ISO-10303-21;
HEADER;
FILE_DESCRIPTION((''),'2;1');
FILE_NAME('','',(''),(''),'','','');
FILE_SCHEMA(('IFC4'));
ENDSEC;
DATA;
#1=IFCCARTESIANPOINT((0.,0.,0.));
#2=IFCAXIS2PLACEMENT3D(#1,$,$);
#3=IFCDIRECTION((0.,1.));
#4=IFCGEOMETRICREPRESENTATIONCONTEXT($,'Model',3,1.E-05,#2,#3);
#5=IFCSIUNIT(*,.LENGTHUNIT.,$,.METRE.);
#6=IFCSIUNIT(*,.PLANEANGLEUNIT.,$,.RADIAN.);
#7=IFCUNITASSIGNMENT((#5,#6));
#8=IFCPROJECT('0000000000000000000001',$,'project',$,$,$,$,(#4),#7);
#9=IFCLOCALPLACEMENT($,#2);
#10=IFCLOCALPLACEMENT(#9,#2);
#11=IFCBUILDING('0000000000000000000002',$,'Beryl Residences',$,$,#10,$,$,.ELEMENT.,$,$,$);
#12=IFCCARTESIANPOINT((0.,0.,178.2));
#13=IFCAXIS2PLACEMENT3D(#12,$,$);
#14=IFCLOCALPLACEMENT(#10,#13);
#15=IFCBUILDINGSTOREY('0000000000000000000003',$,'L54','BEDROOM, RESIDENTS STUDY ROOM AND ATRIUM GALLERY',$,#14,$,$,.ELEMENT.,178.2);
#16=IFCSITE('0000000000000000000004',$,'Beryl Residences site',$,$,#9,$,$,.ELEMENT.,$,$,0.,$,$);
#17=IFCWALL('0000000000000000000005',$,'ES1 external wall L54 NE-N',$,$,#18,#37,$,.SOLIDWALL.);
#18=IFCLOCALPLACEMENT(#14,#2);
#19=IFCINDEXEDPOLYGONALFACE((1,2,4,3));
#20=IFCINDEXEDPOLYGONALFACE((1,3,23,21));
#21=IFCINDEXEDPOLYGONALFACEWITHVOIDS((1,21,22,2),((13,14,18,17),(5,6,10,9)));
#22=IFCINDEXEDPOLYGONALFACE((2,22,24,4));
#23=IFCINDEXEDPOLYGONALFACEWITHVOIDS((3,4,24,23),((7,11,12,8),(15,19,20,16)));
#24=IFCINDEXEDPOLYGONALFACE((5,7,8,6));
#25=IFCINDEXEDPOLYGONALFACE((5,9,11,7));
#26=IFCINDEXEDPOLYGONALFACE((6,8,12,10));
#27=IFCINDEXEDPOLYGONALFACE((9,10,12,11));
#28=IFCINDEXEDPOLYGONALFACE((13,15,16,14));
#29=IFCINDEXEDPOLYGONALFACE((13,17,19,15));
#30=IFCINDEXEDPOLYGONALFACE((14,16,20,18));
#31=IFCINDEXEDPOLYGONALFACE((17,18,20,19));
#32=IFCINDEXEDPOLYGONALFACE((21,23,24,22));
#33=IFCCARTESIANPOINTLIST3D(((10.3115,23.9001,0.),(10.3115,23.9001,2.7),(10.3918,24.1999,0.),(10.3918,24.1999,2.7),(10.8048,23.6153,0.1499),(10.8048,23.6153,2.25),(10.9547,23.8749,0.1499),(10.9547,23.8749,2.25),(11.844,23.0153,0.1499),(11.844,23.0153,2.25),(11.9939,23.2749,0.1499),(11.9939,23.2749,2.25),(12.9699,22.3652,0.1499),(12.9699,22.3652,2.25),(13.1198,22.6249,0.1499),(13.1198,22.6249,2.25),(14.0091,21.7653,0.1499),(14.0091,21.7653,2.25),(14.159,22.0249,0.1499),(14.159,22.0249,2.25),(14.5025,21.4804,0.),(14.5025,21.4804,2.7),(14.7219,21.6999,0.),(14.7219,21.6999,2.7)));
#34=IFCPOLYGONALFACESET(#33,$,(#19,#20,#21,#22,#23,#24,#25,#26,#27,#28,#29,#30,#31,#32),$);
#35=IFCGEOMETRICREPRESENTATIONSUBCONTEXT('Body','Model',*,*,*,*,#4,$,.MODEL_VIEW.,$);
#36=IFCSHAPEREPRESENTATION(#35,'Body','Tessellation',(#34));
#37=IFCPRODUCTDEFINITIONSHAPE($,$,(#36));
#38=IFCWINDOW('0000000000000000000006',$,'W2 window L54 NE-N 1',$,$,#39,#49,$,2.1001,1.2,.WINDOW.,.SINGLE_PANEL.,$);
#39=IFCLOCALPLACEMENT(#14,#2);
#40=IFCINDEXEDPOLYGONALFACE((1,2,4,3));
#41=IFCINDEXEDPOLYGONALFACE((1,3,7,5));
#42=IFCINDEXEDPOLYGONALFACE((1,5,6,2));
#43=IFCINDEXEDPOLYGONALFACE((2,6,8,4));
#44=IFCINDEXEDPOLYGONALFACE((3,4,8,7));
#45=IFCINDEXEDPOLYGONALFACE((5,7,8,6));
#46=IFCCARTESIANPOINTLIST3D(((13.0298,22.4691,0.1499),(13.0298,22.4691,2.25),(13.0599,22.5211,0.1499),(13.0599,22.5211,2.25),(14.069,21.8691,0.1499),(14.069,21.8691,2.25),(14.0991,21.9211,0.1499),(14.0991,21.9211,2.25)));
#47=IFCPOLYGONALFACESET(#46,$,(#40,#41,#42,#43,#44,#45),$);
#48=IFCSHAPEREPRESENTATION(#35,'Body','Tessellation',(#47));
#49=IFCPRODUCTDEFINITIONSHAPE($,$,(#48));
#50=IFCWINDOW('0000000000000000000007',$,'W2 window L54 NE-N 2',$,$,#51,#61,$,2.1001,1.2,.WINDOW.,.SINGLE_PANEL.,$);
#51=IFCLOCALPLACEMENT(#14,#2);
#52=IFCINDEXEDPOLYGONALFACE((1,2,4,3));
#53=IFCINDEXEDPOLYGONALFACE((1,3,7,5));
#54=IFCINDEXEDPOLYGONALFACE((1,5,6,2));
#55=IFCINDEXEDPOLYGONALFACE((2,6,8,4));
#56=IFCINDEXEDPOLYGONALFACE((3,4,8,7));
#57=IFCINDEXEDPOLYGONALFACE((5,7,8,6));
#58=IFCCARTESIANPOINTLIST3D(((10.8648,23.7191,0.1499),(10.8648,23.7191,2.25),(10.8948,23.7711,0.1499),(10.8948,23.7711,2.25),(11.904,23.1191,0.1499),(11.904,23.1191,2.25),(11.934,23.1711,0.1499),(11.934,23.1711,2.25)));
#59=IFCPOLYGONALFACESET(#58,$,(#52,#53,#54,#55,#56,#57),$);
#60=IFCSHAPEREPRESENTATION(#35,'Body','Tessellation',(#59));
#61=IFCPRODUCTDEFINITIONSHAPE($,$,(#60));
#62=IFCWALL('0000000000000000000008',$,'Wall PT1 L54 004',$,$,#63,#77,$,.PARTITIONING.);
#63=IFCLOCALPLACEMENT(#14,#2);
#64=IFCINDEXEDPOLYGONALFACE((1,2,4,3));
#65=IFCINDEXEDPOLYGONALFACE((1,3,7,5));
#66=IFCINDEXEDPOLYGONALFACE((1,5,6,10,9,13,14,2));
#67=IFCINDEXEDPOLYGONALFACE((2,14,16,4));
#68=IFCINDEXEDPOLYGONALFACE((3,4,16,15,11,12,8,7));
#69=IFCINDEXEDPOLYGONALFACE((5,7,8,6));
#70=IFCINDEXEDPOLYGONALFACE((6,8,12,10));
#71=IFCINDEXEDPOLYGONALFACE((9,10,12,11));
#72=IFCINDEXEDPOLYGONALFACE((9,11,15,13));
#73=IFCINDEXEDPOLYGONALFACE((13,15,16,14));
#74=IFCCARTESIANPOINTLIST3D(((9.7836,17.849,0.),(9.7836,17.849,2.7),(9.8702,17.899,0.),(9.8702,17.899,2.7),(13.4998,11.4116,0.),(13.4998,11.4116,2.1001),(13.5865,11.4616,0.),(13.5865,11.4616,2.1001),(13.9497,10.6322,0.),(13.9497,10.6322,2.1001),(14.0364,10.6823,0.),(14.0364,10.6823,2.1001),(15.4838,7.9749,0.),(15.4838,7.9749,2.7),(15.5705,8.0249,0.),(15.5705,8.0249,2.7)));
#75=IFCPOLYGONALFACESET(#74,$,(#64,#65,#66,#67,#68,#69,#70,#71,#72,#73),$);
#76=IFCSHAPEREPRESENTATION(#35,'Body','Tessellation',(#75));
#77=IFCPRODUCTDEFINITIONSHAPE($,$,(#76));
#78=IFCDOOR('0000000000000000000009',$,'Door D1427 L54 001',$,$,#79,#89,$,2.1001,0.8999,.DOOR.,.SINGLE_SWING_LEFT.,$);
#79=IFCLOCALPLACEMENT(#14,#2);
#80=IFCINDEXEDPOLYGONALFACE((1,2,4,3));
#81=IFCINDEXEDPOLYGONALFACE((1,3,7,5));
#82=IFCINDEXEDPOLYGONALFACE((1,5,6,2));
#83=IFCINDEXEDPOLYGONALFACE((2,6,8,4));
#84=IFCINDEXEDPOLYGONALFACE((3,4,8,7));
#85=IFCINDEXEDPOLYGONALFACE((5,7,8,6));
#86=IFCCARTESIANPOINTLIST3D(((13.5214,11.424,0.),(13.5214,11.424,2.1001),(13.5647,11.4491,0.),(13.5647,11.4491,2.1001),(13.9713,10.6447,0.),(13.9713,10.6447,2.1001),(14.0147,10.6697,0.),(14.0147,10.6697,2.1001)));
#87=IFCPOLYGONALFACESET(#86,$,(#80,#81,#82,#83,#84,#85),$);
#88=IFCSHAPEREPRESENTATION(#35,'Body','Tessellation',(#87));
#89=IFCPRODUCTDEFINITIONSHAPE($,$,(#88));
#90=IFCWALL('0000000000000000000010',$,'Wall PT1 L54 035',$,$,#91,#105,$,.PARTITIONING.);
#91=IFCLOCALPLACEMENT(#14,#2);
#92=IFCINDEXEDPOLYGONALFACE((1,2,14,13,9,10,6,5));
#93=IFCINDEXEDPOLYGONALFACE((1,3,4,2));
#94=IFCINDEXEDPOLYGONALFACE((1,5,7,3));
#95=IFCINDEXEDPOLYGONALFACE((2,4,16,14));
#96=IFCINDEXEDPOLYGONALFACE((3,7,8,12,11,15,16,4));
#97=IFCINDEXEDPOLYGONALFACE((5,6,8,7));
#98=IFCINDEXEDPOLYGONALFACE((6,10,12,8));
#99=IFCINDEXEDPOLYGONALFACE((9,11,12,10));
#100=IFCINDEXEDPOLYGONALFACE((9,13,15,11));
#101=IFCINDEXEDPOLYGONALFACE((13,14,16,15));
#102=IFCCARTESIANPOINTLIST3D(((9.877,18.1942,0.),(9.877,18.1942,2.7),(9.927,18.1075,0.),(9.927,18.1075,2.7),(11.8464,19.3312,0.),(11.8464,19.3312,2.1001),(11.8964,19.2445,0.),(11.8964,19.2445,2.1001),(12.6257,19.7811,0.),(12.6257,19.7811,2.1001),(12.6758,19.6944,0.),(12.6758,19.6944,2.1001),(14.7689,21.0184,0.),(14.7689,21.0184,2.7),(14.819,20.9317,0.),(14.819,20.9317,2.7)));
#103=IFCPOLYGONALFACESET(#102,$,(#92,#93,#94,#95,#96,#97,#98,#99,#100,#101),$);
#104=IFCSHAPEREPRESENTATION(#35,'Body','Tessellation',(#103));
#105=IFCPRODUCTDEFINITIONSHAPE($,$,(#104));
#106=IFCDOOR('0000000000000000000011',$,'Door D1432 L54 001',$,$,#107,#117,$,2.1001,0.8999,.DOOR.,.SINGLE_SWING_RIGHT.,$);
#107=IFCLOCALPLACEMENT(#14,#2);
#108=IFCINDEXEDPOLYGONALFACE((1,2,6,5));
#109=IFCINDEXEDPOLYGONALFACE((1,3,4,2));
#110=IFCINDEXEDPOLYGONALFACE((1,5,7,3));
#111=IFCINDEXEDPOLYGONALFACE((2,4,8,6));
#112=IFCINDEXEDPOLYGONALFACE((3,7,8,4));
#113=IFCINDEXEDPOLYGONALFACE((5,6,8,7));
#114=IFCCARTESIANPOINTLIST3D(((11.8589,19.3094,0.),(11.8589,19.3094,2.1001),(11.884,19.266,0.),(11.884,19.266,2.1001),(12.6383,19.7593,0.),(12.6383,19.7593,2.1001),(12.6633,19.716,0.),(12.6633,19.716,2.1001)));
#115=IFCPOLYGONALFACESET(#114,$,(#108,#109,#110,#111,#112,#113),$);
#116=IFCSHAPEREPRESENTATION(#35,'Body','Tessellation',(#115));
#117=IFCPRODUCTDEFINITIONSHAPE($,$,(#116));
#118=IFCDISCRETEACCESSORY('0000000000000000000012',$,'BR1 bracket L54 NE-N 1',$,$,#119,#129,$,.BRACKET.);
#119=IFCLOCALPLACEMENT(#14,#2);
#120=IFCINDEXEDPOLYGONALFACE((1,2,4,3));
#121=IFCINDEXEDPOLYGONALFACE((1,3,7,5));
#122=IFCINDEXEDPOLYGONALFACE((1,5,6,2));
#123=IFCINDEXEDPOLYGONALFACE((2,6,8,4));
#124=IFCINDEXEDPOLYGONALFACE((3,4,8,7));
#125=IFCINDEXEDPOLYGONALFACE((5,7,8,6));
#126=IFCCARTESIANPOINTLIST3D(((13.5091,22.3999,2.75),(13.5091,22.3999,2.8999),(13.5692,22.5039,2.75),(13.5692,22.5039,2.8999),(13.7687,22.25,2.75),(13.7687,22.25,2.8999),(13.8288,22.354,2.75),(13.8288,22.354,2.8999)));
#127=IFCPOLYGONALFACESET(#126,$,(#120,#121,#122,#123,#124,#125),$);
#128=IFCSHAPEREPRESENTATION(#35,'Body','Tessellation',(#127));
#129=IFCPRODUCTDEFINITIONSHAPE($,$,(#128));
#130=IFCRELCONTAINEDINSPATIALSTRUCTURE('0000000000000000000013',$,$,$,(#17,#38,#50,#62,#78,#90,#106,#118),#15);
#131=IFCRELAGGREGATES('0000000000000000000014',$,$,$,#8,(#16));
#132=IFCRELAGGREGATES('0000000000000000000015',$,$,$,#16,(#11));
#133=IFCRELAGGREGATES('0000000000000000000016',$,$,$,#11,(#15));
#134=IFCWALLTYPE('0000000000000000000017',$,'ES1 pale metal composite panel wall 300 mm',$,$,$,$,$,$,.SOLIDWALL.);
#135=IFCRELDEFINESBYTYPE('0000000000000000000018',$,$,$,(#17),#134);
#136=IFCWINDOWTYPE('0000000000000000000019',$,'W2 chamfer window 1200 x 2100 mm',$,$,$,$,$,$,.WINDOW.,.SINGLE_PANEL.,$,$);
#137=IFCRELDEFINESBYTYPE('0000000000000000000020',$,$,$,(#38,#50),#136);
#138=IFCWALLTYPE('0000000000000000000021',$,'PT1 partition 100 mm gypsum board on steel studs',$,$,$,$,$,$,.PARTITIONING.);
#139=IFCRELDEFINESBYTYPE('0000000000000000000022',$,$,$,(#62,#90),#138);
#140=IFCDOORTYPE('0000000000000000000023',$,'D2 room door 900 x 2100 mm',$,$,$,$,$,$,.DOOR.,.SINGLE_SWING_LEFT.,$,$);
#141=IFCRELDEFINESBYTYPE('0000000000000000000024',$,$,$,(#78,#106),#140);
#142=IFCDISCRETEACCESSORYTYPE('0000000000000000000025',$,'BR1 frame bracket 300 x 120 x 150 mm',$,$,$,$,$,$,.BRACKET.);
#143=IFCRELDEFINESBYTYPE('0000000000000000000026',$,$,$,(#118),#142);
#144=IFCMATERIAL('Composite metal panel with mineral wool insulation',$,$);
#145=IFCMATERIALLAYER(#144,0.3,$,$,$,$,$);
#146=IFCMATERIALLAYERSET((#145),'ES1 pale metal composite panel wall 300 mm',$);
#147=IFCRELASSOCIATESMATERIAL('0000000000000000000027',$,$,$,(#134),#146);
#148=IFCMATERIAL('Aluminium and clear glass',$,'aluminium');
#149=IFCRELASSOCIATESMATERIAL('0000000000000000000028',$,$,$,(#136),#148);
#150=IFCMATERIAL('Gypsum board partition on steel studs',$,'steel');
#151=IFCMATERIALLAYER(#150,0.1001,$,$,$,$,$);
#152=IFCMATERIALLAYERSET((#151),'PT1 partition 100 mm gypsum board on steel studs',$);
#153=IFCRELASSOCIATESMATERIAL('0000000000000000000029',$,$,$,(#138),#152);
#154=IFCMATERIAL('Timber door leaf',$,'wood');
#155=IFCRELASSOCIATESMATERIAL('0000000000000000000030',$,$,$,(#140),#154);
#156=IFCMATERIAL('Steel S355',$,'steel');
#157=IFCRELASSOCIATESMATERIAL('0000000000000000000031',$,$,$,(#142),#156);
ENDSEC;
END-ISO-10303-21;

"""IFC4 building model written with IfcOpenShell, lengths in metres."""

from ifc_helpers import new_model, si_unit, direction, frame, frame_2d, origin, place, context, subcontext, project, spatial, polyline, rectangle, outline, extrude, source, transform, mapped, material, layer, layer_set, type_object, type_shapes, element, fill, save


model = new_model("IFC4")

# Units and contexts
model_context = context("Model", 3, precision=1e-05, world=origin(), true_north=direction((0.0, 1.0)))
body_context = subcontext(model_context, "Body", "Model", "MODEL_VIEW")
ifc_project = project(units=[si_unit("LENGTHUNIT", "METRE"), si_unit("PLANEANGLEUNIT", "RADIAN")], contexts=[model_context])

# Site, building, storey
site_placement = place(None, origin())
site = spatial("IfcSite", under=ifc_project, at=site_placement, Name="Beryl Residences site", CompositionType="ELEMENT", RefElevation=0.0)
building_placement = place(site_placement, origin())
building = spatial("IfcBuilding", under=site, at=building_placement, Name="Beryl Residences", CompositionType="ELEMENT")
storey_placement = place(building_placement, frame((0.0, 0.0, 178.2)))
storey = spatial("IfcBuildingStorey", under=building, at=storey_placement, Name="L54", Description="BEDROOM, RESIDENTS STUDY ROOM AND ATRIUM GALLERY", CompositionType="ELEMENT", Elevation=178.2)

# Wall, openings, windows
ifc_material_1 = material(Name="Composite metal panel with mineral wool insulation")
ifc_layer_1 = layer(ifc_material_1, 0.3)
ifc_layer_set_1 = layer_set([ifc_layer_1], Name="ES1 pale metal composite panel wall 300 mm")
wall_type_1 = type_object("IfcWallType", Name="ES1 pale metal composite panel wall 300 mm", PredefinedType="SOLIDWALL", material=ifc_layer_set_1)
wall_1_placement = place(storey_placement, frame((14.647, 21.5701, 0.0), z_axis=(0.0, 0.0, 1.0), x_axis=(-0.866023, 0.500004, 0.0)))
wall_1 = element("IfcWall", 1, at=wall_1_placement, inside=storey, type_object=wall_type_1, Name="ES1 external wall L54 NE-N", PredefinedType="SOLIDWALL", context=body_context, shape_type="SweptSolid", body=[
    extrude(outline(polyline([(0.0, -0.1499), (5.0, -0.1499), (4.9197, 0.1499), (0.0803, 0.1499), (0.0, -0.1499)])), origin(), (0.0, 0.0, 1.0), 2.7),
])
opening_1_placement = place(wall_1_placement, frame((0.6499, 0.0, 0.1499)))
opening_1 = element("IfcOpeningElement", 2, at=opening_1_placement, cuts=wall_1, PredefinedType="OPENING", context=body_context, shape_type="SweptSolid", body=[
    extrude(rectangle(XDim=1.2, YDim=2.1001, at=frame_2d((0.6001, 1.05))), frame((0.0, 0.1599, 0.0), z_axis=(0.0, -1.0, 0.0), x_axis=(1.0, 0.0, 0.0)), (0.0, 0.0, 1.0), 0.3201),
])
opening_2_placement = place(wall_1_placement, frame((3.1499, 0.0, 0.1499)))
opening_2 = element("IfcOpeningElement", 3, at=opening_2_placement, cuts=wall_1, PredefinedType="OPENING", context=body_context, shape_type="SweptSolid", body=[
    extrude(rectangle(XDim=1.2, YDim=2.1001, at=frame_2d((0.6001, 1.05))), frame((0.0, 0.1599, 0.0), z_axis=(0.0, -1.0, 0.0), x_axis=(1.0, 0.0, 0.0)), (0.0, 0.0, 1.0), 0.3201),
])
ifc_material_2 = material(Name="Aluminium and clear glass", Category="aluminium")
window_type_1 = type_object("IfcWindowType", Name="W2 chamfer window 1200 x 2100 mm", PartitioningType="SINGLE_PANEL", PredefinedType="WINDOW", material=ifc_material_2)
window_1_placement = place(opening_1_placement, origin())
window_1 = element("IfcWindow", 4, at=window_1_placement, inside=storey, type_object=window_type_1, Name="W2 window L54 NE-N 1", OverallHeight=2.1001, OverallWidth=1.2, PartitioningType="SINGLE_PANEL", PredefinedType="WINDOW", context=body_context, shape_type="SweptSolid", body=[
    extrude(rectangle(XDim=1.2, YDim=2.1001, at=frame_2d((0.6001, 1.05))), frame((0.0, 0.03, 0.0), z_axis=(0.0, -1.0, 0.0), x_axis=(1.0, 0.0, 0.0)), (0.0, 0.0, 1.0), 0.0601),
])
fill(opening_1, window_1)
window_2_placement = place(opening_2_placement, origin())
window_2 = element("IfcWindow", 5, at=window_2_placement, inside=storey, type_object=window_type_1, Name="W2 window L54 NE-N 2", OverallHeight=2.1001, OverallWidth=1.2, PartitioningType="SINGLE_PANEL", PredefinedType="WINDOW", context=body_context, shape_type="SweptSolid", body=[
    extrude(rectangle(XDim=1.2, YDim=2.1001, at=frame_2d((0.6001, 1.05))), frame((0.0, 0.03, 0.0), z_axis=(0.0, -1.0, 0.0), x_axis=(1.0, 0.0, 0.0)), (0.0, 0.0, 1.0), 0.0601),
])
fill(opening_2, window_2)

# Walls, openings, doors
ifc_material_3 = material(Name="Gypsum board partition on steel studs", Category="steel")
ifc_layer_2 = layer(ifc_material_3, 0.1001)
ifc_layer_set_2 = layer_set([ifc_layer_2], Name="PT1 partition 100 mm gypsum board on steel studs")
wall_type_2 = type_object("IfcWallType", Name="PT1 partition 100 mm gypsum board on steel studs", PredefinedType="PARTITIONING", material=ifc_layer_set_2)
wall_2_placement = place(storey_placement, frame((9.8269, 17.874, 0.0), z_axis=(0.0, 0.0, 1.0), x_axis=(0.499962, -0.866047, 0.0)))
wall_2 = element("IfcWall", 6, at=wall_2_placement, inside=storey, type_object=wall_type_2, Name="Wall PT1 L54 004", PredefinedType="PARTITIONING", context=body_context, shape_type="SweptSolid", body=[
    extrude(rectangle(XDim=11.4014, YDim=0.1001, at=frame_2d((5.7007, 0.0))), origin(), (0.0, 0.0, 1.0), 2.7),
])
opening_3_placement = place(wall_2_placement, frame((7.4331, 0.0, 0.0)))
opening_3 = element("IfcOpeningElement", 7, at=opening_3_placement, cuts=wall_2, PredefinedType="OPENING", context=body_context, shape_type="SweptSolid", body=[
    extrude(rectangle(XDim=0.8999, YDim=2.1001, at=frame_2d((0.45, 1.05))), frame((0.0, 0.0601, 0.0), z_axis=(0.0, -1.0, 0.0), x_axis=(1.0, 0.0, 0.0)), (0.0, 0.0, 1.0), 0.1201),
])
ifc_material_4 = material(Name="Timber door leaf", Category="wood")
door_type = type_object("IfcDoorType", Name="D2 room door 900 x 2100 mm", OperationType="SINGLE_SWING_LEFT", PredefinedType="DOOR", material=ifc_material_4)
door_1_placement = place(opening_3_placement, origin())
door_1 = element("IfcDoor", 8, at=door_1_placement, inside=storey, type_object=door_type, Name="Door D1427 L54 001", OperationType="SINGLE_SWING_LEFT", OverallHeight=2.1001, OverallWidth=0.8999, PredefinedType="DOOR", context=body_context, shape_type="SweptSolid", body=[
    extrude(rectangle(XDim=0.8999, YDim=2.1001, at=frame_2d((0.45, 1.05))), frame((0.0, 0.0249, 0.0), z_axis=(0.0, -1.0, 0.0), x_axis=(1.0, 0.0, 0.0)), (0.0, 0.0, 1.0), 0.05),
])
fill(opening_3, door_1)
wall_3_placement = place(storey_placement, frame((9.9021, 18.1509, 0.0), z_axis=(0.0, 0.0, 1.0), x_axis=(0.866032, 0.499988, 0.0)))
wall_3 = element("IfcWall", 9, at=wall_3_placement, inside=storey, type_object=wall_type_2, Name="Wall PT1 L54 035", PredefinedType="PARTITIONING", context=body_context, shape_type="SweptSolid", body=[
    extrude(rectangle(XDim=5.6487, YDim=0.1001, at=frame_2d((2.8242, 0.0))), origin(), (0.0, 0.0, 1.0), 2.7),
])
opening_4_placement = place(wall_3_placement, frame((2.2739, 0.0, 0.0)))
opening_4 = element("IfcOpeningElement", 10, at=opening_4_placement, cuts=wall_3, PredefinedType="OPENING", context=body_context, shape_type="SweptSolid", body=[
    extrude(rectangle(XDim=0.8999, YDim=2.1001, at=frame_2d((0.45, 1.05))), frame((0.0, 0.0601, 0.0), z_axis=(0.0, -1.0, 0.0), x_axis=(1.0, 0.0, 0.0)), (0.0, 0.0, 1.0), 0.1201),
])
door_2_placement = place(opening_4_placement, origin())
door_2 = element("IfcDoor", 11, at=door_2_placement, inside=storey, type_object=door_type, Name="Door D1432 L54 001", OperationType="SINGLE_SWING_RIGHT", OverallHeight=2.1001, OverallWidth=0.8999, PredefinedType="DOOR", context=body_context, shape_type="SweptSolid", body=[
    extrude(rectangle(XDim=0.8999, YDim=2.1001, at=frame_2d((0.45, 1.05))), frame((0.0, 0.0249, 0.0), z_axis=(0.0, -1.0, 0.0), x_axis=(1.0, 0.0, 0.0)), (0.0, 0.0, 1.0), 0.05),
])
fill(opening_4, door_2)

# Discrete accessory
ifc_material_5 = material(Name="Steel S355", Category="steel")
discrete_accessory_type = type_object("IfcDiscreteAccessoryType", Name="BR1 frame bracket 300 x 120 x 150 mm", PredefinedType="BRACKET", material=ifc_material_5)
shared_shape_1 = source(origin(), body_context, "Body", "SweptSolid", [
    extrude(outline(polyline([(-0.1499, 0.0), (0.1499, 0.0), (0.1499, 0.1201), (-0.1499, 0.1201), (-0.1499, 0.0)])), origin(), (0.0, 0.0, 1.0), 0.1499),
])
type_shapes(discrete_accessory_type, [shared_shape_1])
discrete_accessory_placement = place(storey_placement, frame((13.6389, 22.325, 2.75), z_axis=(0.0, 0.0, 1.0), x_axis=(0.866025, -0.5, 0.0)))
element("IfcDiscreteAccessory", 12, at=discrete_accessory_placement, inside=storey, type_object=discrete_accessory_type, Name="BR1 bracket L54 NE-N 1", PredefinedType="BRACKET", context=body_context, shape_type="MappedRepresentation", body=[
    mapped(shared_shape_1, transform((0.0, 0.0, 0.0))),
])

save(model, "model.ifc")
